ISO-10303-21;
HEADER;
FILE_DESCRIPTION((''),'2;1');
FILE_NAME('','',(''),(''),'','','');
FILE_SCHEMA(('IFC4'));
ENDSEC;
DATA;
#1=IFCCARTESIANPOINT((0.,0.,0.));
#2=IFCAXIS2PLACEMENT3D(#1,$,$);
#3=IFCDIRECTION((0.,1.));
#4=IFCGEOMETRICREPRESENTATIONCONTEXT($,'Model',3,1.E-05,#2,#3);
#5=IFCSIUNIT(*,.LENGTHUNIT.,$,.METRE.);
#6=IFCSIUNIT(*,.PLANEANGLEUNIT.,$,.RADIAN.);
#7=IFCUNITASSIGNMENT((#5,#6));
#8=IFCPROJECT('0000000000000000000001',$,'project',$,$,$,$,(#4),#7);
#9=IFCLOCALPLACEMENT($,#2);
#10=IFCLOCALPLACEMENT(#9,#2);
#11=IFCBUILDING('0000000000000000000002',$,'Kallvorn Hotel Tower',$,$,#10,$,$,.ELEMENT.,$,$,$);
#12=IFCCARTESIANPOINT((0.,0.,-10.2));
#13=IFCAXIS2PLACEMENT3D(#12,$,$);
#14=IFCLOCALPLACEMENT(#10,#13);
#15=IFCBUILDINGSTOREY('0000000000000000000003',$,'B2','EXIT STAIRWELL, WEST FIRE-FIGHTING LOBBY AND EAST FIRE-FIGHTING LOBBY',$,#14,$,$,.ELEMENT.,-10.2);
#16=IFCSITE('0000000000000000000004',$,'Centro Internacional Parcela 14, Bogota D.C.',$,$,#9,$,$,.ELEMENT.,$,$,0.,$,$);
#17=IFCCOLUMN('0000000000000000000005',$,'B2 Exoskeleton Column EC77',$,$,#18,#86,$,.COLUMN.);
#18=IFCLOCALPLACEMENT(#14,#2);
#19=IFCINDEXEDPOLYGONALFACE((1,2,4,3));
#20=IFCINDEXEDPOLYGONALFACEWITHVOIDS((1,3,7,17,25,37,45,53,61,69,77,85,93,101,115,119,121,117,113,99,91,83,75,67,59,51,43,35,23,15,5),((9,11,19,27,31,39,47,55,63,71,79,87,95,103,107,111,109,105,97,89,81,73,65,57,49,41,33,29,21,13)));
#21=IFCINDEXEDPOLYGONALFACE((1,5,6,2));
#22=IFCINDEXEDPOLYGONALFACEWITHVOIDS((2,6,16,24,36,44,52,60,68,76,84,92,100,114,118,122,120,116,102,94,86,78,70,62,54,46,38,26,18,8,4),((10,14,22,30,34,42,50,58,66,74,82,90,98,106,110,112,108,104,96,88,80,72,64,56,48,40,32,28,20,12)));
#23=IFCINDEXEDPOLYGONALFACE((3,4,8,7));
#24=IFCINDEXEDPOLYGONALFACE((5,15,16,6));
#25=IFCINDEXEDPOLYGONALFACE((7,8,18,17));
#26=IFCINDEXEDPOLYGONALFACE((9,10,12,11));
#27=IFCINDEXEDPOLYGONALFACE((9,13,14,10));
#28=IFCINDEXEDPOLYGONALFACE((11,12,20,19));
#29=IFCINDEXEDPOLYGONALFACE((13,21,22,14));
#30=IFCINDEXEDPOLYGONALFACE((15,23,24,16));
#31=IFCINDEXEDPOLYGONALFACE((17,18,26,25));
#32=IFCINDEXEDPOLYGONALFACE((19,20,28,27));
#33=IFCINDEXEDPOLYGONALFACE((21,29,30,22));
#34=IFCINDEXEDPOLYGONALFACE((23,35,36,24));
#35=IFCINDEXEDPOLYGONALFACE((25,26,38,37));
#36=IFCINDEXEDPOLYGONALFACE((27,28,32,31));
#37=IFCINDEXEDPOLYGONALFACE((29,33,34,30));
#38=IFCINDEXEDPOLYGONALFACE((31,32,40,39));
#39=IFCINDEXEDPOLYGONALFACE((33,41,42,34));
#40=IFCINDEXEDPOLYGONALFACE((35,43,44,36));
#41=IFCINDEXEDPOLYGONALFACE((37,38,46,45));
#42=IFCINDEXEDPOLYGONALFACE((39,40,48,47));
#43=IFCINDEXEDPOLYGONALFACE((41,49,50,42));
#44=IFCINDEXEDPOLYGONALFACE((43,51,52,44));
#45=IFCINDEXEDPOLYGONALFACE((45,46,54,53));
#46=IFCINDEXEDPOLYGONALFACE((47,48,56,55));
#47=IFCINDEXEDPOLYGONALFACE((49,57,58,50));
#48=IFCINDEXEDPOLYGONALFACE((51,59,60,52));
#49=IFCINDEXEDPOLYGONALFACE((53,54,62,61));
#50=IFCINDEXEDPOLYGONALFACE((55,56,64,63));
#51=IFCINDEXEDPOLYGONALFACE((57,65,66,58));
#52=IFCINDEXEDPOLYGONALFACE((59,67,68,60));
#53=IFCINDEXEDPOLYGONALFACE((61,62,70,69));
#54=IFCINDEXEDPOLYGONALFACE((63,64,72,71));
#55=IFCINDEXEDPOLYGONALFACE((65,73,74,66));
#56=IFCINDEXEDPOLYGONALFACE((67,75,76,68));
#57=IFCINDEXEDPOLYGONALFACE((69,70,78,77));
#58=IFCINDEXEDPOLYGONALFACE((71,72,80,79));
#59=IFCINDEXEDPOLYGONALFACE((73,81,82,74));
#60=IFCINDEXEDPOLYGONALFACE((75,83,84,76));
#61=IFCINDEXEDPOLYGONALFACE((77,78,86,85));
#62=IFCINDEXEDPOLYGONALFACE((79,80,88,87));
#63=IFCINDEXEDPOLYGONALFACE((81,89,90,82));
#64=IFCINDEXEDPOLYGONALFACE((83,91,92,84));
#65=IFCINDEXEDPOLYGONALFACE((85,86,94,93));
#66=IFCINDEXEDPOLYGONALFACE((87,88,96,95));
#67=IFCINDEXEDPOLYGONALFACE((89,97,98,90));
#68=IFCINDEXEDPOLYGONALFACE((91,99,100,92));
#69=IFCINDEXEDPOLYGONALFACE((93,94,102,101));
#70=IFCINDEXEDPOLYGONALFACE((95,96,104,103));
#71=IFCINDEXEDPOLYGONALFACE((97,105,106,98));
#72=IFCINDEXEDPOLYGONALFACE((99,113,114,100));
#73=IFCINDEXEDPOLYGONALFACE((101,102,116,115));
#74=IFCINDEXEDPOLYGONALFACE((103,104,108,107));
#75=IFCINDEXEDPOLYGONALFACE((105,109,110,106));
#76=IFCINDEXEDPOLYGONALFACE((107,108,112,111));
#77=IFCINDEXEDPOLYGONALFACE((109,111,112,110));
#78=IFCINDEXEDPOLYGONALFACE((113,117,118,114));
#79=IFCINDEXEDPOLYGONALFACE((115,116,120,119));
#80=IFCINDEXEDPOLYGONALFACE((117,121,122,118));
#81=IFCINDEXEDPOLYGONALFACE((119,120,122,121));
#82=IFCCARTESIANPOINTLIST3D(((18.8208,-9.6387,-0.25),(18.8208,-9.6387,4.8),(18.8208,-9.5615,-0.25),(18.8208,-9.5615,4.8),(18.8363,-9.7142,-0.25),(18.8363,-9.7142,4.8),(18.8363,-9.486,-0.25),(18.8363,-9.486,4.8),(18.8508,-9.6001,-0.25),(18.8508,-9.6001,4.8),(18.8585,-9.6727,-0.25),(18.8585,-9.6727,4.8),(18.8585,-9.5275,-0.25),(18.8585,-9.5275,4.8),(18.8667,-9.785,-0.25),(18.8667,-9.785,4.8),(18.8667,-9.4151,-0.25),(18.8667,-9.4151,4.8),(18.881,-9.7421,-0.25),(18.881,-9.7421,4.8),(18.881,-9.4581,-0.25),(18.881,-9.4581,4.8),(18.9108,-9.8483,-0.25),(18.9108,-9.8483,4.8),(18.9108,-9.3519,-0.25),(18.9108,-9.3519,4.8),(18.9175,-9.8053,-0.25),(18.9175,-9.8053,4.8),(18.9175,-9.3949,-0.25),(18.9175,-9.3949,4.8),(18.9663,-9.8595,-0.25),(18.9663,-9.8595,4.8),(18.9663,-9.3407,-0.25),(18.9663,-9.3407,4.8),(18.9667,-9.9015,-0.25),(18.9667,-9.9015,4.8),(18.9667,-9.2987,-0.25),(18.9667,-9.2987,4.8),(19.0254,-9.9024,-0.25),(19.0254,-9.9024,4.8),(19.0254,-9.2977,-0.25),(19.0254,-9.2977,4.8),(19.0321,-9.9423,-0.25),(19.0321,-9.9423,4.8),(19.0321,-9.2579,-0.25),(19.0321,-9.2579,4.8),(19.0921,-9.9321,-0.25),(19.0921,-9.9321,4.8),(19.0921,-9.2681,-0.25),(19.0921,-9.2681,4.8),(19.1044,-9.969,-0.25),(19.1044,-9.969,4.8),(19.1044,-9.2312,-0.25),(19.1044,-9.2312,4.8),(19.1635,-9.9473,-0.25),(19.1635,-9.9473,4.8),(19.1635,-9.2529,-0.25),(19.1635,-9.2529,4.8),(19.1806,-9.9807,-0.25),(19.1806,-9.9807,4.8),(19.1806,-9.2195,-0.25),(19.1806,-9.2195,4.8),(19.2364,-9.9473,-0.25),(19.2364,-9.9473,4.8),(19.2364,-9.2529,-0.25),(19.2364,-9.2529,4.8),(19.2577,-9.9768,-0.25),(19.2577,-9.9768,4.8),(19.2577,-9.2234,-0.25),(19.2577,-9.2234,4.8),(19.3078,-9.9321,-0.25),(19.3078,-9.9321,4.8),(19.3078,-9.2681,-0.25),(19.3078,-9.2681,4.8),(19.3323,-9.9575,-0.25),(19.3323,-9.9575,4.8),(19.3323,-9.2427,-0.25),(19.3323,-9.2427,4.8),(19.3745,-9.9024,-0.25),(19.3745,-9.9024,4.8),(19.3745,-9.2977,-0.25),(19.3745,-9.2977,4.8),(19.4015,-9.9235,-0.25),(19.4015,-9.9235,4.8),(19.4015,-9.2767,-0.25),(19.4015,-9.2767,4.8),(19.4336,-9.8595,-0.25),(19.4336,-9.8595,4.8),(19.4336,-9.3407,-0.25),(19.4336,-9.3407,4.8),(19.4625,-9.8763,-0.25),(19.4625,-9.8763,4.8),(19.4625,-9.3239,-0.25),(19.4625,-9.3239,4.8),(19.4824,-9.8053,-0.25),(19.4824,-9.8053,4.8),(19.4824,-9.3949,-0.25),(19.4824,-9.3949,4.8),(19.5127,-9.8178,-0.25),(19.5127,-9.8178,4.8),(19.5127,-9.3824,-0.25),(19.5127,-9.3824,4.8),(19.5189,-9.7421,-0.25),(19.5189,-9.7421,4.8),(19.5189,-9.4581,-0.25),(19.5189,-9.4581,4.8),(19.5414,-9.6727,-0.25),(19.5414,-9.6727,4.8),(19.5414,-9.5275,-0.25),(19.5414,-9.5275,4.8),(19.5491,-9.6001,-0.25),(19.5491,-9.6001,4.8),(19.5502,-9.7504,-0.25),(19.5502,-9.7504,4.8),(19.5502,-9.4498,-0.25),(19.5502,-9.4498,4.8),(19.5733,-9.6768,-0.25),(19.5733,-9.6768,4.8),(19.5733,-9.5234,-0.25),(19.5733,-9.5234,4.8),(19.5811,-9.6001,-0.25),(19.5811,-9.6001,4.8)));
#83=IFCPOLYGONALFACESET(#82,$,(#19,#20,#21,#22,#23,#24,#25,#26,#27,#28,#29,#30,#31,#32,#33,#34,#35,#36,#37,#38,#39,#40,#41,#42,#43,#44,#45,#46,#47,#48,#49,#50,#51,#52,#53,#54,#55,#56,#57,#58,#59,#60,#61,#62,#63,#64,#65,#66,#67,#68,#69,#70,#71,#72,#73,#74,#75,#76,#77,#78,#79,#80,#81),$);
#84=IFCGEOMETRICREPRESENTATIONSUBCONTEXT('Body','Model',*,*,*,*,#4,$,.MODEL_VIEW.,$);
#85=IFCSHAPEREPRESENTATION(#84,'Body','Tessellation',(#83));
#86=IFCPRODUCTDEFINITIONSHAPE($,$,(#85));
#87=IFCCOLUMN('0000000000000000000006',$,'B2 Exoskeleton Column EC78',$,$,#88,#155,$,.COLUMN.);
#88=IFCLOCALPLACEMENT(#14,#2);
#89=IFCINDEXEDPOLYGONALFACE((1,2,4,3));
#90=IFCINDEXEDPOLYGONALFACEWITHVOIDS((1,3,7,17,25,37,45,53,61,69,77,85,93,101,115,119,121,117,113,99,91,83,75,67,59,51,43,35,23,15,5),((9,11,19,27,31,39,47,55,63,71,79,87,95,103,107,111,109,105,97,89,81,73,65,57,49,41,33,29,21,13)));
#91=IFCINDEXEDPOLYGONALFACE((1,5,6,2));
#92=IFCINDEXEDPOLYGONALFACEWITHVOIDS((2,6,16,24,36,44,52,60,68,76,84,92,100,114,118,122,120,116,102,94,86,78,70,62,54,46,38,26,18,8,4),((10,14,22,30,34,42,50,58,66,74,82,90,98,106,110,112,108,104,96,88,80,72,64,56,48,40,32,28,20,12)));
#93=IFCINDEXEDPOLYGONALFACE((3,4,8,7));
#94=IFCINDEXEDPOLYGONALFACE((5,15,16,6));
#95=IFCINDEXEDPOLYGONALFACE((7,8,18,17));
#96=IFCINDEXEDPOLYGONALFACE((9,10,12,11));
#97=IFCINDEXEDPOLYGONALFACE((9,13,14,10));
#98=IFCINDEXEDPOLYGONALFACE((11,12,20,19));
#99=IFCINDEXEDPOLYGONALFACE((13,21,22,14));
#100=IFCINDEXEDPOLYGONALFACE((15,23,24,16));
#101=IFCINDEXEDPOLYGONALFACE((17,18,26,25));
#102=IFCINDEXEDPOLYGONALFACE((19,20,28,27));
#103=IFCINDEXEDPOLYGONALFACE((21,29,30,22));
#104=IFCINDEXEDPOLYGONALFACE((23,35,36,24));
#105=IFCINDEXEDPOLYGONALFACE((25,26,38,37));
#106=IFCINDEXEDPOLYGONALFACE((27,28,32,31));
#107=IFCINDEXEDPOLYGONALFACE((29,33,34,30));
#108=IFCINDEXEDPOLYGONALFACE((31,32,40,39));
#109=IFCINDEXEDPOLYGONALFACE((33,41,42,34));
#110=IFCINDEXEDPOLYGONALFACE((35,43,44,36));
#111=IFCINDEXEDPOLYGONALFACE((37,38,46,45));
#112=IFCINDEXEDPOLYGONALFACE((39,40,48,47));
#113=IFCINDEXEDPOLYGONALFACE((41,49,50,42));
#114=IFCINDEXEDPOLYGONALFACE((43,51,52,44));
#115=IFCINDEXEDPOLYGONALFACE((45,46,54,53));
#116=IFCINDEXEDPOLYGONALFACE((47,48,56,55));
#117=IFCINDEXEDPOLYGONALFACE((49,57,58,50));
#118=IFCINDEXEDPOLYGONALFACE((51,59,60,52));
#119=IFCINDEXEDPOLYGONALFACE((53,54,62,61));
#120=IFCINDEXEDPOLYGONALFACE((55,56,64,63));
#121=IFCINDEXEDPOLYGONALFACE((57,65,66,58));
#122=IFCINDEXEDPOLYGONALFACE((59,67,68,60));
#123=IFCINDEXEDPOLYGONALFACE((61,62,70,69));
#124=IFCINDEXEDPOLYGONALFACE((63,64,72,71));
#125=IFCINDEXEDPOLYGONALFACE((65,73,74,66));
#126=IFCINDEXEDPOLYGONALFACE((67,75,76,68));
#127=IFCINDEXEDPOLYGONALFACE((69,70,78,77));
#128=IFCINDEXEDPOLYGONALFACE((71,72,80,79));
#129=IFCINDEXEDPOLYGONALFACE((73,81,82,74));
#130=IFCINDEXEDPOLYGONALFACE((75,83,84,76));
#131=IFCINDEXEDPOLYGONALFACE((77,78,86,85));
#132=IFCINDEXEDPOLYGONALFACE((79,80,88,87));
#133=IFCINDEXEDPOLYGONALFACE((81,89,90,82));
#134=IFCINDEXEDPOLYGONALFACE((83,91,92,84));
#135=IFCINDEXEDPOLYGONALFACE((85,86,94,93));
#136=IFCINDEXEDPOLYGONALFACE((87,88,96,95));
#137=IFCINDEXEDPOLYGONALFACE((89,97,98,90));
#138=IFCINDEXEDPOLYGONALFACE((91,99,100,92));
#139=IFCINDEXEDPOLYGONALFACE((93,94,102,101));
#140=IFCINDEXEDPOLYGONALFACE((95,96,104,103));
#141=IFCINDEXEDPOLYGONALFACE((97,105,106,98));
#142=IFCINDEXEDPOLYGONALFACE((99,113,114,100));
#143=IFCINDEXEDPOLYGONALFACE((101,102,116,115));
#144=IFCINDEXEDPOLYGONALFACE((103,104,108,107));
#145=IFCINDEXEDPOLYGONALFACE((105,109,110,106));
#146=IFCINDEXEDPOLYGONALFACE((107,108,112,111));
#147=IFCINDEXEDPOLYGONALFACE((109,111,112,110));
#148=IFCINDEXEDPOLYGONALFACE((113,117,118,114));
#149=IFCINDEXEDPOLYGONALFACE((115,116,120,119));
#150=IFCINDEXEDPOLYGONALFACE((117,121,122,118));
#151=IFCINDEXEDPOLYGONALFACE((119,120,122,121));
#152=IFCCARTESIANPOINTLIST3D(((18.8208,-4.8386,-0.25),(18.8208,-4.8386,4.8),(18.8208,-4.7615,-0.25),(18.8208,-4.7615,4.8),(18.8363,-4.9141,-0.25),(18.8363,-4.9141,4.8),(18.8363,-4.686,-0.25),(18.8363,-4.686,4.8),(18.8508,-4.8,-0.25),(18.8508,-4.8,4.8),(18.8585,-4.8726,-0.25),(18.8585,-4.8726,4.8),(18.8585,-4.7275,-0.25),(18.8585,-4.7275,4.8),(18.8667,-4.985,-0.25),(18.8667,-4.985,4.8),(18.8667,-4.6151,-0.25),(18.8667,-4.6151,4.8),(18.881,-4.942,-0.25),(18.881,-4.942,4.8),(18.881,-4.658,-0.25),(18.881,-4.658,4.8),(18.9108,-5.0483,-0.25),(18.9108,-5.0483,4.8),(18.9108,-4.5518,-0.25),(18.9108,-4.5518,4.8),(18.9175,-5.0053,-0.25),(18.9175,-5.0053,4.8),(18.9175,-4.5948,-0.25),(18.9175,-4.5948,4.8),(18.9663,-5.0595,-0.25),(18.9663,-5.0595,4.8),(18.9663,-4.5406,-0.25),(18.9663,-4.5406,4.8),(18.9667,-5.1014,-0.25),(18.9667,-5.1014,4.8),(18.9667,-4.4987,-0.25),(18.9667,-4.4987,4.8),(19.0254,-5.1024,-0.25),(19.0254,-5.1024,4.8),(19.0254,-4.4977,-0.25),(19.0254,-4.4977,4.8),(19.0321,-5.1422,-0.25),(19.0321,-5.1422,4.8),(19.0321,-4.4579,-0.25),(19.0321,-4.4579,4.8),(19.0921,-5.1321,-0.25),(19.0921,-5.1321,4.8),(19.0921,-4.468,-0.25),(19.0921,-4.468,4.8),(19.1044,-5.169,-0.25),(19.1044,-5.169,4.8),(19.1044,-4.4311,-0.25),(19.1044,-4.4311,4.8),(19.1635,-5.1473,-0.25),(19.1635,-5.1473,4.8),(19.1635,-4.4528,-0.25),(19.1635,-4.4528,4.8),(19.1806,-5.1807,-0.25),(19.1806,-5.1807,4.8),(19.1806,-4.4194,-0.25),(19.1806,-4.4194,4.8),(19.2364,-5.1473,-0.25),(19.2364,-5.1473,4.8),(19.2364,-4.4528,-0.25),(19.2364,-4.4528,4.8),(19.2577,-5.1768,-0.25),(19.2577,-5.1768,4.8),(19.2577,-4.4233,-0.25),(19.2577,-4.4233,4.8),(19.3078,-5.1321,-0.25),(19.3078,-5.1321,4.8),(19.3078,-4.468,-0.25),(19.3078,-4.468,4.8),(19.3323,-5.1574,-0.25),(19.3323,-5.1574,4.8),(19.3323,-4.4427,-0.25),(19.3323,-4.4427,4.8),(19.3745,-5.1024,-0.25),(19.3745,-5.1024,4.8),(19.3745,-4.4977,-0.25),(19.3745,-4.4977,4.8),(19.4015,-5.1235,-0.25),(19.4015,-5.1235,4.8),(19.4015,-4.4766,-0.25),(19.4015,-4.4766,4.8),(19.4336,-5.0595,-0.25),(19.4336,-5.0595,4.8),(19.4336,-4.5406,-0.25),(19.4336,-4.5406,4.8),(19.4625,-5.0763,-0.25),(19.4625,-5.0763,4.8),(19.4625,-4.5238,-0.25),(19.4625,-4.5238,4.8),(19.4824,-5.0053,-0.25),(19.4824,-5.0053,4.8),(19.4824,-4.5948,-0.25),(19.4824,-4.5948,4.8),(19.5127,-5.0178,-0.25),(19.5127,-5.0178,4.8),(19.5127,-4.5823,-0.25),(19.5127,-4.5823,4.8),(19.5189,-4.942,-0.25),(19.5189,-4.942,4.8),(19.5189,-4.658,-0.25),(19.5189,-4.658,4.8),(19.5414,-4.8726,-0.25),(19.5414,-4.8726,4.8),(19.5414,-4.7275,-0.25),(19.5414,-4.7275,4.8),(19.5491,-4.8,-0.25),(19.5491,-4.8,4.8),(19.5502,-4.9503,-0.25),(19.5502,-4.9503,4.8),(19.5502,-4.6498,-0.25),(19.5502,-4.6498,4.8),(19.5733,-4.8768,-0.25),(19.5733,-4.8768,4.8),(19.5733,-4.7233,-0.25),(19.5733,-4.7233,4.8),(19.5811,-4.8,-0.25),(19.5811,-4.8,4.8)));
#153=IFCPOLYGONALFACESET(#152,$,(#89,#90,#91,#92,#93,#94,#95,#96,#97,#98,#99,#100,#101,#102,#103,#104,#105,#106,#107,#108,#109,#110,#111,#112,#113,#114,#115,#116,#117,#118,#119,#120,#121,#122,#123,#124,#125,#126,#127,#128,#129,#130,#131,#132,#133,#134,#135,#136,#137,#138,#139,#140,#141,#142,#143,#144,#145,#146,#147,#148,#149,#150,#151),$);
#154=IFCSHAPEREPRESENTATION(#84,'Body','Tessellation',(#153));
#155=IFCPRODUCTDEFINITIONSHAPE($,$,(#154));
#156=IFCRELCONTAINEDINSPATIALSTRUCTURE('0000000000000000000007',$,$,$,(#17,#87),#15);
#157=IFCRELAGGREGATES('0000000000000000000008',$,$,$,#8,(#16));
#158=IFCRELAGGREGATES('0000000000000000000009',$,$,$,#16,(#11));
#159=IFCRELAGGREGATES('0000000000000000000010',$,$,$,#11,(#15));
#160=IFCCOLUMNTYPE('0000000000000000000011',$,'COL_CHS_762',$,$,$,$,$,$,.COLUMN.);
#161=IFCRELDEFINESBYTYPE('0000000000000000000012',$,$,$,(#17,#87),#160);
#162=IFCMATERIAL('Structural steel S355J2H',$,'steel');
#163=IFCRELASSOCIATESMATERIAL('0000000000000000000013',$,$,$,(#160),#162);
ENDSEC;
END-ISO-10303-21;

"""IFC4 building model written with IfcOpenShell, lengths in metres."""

from ifc_helpers import new_model, si_unit, direction, frame, origin, origin_2d, place, context, subcontext, project, spatial, hollow_circle, extrude, material, material_profile, profile_set, type_object, element, save


model = new_model("IFC4")

# Units and contexts
model_context = context("Model", 3, precision=1e-05, world=origin(), true_north=direction((0.0, 1.0)))
body_context = subcontext(model_context, "Body", "Model", "MODEL_VIEW")
ifc_project = project(units=[si_unit("LENGTHUNIT", "METRE"), si_unit("PLANEANGLEUNIT", "RADIAN")], contexts=[model_context])

# Site, building, storey
site_placement = place(None, origin())
site = spatial("IfcSite", under=ifc_project, at=site_placement, Name="Centro Internacional Parcela 14, Bogota D.C.", CompositionType="ELEMENT", RefElevation=0.0)
building_placement = place(site_placement, origin())
building = spatial("IfcBuilding", under=site, at=building_placement, Name="Kallvorn Hotel Tower", CompositionType="ELEMENT")
storey_placement = place(building_placement, frame((0.0, 0.0, -10.2)))
storey = spatial("IfcBuildingStorey", under=building, at=storey_placement, Name="B2", Description="EXIT STAIRWELL, WEST FIRE-FIGHTING LOBBY AND EAST FIRE-FIGHTING LOBBY", CompositionType="ELEMENT", Elevation=-10.2)

# Columns
ifc_material_1 = material(Name="Structural steel S355J2H", Category="steel")
ifc_material_profile_1 = material_profile(ifc_material_1, hollow_circle(Radius=0.3811, WallThickness=0.032, at=origin_2d()), Name="CHS 762x32")
ifc_profile_set_1 = profile_set([ifc_material_profile_1], Name="Structural steel S355J2H")
column_type_1 = type_object("IfcColumnType", Name="COL_CHS_762", PredefinedType="COLUMN", material=ifc_profile_set_1)
for number, where, z_axis, x_axis, name in (
    (1, (19.2, -9.6001, -0.25), (0.0, 0.0, 1.0), (1.0, 0.0, 0.0), "B2 Exoskeleton Column EC77"),
    (2, (19.2, -4.8, -0.25), (0.0, 0.0, 1.0), (1.0, 0.0, 0.0), "B2 Exoskeleton Column EC78"),
):
    element("IfcColumn", number, at=place(storey_placement, frame(where, z_axis=z_axis, x_axis=x_axis)), inside=storey, type_object=column_type_1, Name=name, PredefinedType="COLUMN", context=body_context, shape_type="SweptSolid", body=[
        extrude(hollow_circle(Radius=0.3811, WallThickness=0.032, at=origin_2d()), origin(), (0.0, 0.0, 1.0), 5.05),
    ])

save(model, "model.ifc")
